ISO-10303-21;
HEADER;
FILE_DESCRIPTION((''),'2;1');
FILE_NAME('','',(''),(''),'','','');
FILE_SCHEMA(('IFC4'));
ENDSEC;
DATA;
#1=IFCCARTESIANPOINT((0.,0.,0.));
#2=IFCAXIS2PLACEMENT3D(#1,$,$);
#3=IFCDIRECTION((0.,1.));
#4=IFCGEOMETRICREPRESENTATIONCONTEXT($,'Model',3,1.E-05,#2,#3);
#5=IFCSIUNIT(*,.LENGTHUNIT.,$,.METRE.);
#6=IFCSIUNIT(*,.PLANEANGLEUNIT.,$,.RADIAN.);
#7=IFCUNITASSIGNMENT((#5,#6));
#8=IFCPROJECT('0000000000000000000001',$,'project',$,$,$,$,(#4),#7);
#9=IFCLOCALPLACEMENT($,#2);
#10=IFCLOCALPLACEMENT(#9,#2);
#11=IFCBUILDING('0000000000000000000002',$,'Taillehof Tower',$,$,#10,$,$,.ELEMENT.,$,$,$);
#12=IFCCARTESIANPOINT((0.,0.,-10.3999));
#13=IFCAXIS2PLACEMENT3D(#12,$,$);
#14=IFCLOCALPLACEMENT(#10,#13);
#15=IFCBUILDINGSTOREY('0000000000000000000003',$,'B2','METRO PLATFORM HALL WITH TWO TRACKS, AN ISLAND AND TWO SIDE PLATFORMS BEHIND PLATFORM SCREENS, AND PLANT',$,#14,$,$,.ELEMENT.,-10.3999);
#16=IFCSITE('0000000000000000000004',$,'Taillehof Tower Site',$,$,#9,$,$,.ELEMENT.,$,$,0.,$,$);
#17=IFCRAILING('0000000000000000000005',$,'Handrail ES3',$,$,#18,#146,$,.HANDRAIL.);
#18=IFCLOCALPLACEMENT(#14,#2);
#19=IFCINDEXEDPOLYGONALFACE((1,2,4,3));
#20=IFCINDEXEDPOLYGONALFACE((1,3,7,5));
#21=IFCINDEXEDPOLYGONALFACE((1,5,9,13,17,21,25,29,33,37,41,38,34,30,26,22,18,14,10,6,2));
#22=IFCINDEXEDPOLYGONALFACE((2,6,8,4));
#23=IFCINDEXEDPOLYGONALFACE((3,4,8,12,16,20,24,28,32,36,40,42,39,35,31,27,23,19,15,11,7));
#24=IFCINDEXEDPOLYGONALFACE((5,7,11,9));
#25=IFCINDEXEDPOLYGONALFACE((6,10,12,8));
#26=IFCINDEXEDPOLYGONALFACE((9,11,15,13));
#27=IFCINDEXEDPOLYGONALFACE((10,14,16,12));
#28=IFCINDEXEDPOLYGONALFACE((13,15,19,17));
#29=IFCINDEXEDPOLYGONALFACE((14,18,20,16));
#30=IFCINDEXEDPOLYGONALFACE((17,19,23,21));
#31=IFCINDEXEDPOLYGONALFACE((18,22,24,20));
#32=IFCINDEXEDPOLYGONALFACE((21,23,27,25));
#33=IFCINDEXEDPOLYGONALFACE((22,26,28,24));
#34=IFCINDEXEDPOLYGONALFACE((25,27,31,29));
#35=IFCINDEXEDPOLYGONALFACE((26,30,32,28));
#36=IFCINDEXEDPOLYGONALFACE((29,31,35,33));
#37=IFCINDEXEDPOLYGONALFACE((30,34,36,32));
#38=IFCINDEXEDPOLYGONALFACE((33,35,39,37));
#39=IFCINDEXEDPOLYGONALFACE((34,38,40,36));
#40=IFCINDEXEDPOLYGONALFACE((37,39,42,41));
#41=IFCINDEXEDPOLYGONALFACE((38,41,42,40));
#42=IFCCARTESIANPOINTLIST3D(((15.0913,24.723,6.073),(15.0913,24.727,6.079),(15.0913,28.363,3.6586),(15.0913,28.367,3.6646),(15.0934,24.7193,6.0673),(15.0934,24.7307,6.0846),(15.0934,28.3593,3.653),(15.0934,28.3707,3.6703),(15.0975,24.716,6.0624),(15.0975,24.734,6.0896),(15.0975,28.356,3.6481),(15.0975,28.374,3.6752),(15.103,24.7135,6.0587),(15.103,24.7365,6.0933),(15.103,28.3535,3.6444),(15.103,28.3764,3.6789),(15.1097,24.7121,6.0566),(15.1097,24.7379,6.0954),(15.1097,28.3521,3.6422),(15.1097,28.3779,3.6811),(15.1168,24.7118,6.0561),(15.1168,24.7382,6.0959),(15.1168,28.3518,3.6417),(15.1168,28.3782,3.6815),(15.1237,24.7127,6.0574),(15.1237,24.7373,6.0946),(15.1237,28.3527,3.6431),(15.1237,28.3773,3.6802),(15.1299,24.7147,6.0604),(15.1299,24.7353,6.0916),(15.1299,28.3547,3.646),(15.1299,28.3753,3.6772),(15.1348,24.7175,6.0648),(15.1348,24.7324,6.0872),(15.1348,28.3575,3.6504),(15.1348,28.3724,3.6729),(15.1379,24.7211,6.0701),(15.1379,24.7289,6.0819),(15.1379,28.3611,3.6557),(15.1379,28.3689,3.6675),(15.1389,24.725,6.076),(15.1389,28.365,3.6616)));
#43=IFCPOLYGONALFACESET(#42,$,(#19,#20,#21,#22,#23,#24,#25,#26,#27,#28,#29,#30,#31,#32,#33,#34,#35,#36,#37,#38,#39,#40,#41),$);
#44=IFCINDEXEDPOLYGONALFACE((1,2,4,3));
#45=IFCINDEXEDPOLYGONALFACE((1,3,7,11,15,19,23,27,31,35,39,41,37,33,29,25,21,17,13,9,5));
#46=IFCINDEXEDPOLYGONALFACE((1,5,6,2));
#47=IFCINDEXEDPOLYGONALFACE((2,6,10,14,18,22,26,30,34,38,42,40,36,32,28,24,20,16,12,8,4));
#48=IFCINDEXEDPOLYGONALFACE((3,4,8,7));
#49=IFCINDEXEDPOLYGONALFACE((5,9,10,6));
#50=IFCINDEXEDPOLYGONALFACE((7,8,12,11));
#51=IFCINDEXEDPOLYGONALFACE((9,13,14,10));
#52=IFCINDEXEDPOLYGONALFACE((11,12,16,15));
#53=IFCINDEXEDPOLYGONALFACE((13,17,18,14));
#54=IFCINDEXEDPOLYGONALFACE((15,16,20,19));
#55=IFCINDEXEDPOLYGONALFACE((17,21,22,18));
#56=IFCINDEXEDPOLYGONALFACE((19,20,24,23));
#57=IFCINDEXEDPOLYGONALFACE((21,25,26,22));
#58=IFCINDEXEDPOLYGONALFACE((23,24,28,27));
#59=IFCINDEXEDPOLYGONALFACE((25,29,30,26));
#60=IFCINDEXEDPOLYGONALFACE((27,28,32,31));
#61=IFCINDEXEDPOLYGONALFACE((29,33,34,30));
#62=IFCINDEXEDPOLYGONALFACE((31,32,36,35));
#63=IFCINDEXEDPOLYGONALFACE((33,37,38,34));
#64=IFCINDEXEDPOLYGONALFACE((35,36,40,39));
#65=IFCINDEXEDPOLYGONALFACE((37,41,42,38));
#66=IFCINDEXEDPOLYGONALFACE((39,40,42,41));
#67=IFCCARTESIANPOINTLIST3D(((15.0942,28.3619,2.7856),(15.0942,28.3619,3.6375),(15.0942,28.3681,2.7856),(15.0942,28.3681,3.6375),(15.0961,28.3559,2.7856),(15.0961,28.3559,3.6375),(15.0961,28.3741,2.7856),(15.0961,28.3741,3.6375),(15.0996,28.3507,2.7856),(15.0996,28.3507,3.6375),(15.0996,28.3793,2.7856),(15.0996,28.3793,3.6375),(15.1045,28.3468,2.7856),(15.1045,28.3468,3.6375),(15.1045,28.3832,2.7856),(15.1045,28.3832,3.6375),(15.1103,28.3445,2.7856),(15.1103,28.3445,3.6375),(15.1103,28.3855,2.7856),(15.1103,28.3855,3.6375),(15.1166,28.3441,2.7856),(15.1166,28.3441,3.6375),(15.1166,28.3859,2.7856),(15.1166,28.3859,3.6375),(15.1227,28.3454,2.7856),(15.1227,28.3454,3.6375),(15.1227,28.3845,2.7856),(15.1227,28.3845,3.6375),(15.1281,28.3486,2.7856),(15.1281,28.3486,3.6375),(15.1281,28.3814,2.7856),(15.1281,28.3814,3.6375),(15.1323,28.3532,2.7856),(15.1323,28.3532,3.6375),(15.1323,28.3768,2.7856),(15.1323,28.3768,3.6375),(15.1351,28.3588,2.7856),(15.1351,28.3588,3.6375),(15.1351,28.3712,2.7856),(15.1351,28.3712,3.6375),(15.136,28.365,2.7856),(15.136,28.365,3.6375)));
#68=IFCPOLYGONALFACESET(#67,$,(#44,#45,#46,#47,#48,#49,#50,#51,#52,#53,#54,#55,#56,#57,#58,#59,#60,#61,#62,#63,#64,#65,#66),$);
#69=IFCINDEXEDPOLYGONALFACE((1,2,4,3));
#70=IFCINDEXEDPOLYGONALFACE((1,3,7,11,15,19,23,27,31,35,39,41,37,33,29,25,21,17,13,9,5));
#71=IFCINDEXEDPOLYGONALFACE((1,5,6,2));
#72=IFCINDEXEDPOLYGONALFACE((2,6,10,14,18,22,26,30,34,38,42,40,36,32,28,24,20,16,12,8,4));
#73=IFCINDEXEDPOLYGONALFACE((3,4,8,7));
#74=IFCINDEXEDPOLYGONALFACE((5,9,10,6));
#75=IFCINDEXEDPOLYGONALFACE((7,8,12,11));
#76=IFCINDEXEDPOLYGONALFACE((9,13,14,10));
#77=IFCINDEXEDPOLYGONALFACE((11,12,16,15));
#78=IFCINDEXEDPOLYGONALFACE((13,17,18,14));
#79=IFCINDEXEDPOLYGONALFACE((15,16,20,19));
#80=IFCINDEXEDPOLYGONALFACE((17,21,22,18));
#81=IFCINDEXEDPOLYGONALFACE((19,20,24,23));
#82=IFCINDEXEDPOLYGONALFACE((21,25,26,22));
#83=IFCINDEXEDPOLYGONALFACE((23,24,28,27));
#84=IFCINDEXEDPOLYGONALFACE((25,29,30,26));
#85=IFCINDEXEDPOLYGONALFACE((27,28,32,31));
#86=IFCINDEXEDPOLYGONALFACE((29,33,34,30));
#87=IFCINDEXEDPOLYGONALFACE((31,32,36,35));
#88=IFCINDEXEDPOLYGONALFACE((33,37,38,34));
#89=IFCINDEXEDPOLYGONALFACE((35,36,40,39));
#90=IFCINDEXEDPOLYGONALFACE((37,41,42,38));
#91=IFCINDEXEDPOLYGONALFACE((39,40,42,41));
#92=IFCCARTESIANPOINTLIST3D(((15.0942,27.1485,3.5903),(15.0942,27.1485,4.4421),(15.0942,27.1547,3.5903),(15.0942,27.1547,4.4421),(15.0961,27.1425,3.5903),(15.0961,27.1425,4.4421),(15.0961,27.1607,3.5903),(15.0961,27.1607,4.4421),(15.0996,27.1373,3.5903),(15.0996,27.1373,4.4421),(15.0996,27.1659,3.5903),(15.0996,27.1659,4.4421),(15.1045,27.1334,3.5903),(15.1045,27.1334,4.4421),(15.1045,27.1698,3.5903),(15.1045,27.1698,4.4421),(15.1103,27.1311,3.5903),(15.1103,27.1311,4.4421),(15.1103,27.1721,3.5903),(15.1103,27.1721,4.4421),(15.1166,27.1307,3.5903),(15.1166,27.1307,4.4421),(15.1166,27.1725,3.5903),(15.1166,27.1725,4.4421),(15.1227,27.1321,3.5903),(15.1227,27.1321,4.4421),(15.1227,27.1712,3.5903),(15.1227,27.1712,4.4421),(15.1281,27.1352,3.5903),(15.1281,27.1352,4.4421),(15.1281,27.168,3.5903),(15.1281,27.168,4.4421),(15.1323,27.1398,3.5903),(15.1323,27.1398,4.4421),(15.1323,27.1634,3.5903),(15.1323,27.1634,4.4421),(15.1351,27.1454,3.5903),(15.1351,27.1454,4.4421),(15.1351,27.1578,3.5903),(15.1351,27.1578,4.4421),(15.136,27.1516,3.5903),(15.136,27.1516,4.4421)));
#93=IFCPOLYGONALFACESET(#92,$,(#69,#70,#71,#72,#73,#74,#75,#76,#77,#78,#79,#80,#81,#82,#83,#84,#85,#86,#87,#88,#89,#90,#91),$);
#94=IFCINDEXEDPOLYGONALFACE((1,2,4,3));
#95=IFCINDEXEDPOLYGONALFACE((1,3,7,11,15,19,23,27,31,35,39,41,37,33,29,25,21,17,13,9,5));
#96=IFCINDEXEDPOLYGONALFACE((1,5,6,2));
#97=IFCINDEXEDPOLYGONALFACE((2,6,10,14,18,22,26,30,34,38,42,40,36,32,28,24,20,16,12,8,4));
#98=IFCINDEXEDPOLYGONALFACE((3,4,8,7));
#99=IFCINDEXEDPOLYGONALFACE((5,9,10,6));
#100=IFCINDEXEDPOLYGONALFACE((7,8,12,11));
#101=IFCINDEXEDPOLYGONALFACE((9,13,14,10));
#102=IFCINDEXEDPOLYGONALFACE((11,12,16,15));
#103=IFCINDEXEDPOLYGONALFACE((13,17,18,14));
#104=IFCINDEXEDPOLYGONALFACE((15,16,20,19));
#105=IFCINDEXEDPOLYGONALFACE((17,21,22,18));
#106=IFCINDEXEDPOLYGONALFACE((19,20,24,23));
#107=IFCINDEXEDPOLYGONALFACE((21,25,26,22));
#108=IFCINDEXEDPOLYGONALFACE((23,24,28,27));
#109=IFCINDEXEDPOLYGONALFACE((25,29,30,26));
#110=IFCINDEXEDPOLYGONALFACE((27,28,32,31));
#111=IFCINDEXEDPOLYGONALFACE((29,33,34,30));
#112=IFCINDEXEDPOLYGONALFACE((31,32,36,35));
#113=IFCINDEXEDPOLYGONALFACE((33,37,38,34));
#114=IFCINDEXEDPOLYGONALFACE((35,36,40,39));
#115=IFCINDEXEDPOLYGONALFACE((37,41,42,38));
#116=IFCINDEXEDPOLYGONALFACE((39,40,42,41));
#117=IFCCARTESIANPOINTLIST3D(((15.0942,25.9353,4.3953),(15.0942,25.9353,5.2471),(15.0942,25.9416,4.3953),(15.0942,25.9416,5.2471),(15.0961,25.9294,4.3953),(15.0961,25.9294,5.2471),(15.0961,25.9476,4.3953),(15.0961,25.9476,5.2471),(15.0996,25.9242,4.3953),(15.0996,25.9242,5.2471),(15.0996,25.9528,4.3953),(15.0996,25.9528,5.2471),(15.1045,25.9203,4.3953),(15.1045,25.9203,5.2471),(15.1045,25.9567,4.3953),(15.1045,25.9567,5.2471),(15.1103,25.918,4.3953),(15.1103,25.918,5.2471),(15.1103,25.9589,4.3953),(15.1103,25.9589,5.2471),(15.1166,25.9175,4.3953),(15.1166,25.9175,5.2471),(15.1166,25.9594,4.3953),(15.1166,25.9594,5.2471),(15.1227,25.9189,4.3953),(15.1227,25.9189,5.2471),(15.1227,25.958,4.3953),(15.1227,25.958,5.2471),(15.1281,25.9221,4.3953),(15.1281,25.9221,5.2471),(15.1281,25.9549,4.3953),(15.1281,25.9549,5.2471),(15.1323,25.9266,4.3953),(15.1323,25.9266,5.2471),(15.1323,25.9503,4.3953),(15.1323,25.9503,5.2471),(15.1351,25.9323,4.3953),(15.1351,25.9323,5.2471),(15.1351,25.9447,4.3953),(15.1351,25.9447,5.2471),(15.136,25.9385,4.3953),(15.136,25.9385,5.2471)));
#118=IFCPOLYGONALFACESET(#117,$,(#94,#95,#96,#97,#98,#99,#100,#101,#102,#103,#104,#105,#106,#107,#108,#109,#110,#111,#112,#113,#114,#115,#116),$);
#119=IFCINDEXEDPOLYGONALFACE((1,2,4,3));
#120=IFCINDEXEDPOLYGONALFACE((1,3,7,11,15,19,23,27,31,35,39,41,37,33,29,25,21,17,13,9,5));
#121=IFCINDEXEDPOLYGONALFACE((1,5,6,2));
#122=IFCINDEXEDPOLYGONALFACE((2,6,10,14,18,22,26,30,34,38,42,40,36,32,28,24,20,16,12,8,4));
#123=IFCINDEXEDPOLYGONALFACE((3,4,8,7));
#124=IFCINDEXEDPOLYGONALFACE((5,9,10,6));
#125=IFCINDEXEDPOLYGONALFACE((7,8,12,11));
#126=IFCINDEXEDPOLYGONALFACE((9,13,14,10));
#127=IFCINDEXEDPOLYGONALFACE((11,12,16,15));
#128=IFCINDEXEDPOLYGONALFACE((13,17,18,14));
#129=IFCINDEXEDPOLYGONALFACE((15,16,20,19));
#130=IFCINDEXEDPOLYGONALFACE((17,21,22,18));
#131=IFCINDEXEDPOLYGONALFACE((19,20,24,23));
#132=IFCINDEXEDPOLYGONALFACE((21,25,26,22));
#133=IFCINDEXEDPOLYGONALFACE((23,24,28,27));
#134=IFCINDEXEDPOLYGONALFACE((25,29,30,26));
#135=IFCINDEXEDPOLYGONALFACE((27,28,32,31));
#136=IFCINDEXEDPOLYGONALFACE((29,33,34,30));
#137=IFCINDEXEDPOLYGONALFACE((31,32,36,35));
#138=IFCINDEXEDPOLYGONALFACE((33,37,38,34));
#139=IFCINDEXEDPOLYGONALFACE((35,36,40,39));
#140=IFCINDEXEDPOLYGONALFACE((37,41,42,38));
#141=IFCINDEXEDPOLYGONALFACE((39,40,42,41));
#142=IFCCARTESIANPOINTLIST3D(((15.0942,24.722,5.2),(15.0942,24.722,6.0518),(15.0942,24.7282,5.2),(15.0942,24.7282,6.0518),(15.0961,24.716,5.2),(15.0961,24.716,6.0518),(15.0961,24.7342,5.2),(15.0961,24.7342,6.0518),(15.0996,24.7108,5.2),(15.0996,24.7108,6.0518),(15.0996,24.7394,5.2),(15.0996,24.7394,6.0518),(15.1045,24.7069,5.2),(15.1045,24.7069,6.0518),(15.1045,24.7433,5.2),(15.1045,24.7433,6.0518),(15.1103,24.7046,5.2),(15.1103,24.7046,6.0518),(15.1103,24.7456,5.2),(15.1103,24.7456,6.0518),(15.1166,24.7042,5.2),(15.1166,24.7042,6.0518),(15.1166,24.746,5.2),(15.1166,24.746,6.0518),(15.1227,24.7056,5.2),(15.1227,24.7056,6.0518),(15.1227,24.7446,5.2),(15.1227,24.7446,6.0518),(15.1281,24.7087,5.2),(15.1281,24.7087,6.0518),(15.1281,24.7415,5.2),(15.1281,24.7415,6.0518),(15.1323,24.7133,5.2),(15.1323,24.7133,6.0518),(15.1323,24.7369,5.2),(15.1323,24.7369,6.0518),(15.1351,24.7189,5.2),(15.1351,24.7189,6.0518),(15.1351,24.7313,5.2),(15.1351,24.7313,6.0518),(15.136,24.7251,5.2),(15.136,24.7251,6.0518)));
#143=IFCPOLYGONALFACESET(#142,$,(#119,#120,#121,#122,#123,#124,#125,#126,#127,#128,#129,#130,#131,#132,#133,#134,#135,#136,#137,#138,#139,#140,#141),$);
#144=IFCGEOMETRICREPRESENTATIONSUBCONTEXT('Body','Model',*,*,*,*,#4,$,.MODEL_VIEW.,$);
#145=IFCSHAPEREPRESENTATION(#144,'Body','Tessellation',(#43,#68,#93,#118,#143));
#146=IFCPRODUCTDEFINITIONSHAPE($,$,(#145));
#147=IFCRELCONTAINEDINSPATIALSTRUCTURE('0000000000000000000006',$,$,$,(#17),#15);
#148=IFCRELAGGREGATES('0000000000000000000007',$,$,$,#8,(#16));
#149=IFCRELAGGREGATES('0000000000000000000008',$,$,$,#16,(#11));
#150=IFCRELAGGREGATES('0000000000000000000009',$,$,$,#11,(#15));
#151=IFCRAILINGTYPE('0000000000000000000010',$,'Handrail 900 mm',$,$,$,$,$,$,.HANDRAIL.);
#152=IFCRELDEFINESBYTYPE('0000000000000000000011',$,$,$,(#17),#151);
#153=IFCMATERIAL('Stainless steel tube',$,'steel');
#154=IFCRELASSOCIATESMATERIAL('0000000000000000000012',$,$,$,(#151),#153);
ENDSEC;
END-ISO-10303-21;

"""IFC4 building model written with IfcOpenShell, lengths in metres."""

from ifc_helpers import new_model, si_unit, direction, frame, origin, origin_2d, place, context, subcontext, project, spatial, circle, extrude, material, type_object, element, save


model = new_model("IFC4")

# Units and contexts
model_context = context("Model", 3, precision=1e-05, world=origin(), true_north=direction((0.0, 1.0)))
body_context = subcontext(model_context, "Body", "Model", "MODEL_VIEW")
ifc_project = project(units=[si_unit("LENGTHUNIT", "METRE"), si_unit("PLANEANGLEUNIT", "RADIAN")], contexts=[model_context])

# Site, building, storey
site_placement = place(None, origin())
site = spatial("IfcSite", under=ifc_project, at=site_placement, Name="Taillehof Tower Site", CompositionType="ELEMENT", RefElevation=0.0)
building_placement = place(site_placement, origin())
building = spatial("IfcBuilding", under=site, at=building_placement, Name="Taillehof Tower", CompositionType="ELEMENT")
storey_placement = place(building_placement, frame((0.0, 0.0, -10.3999)))
storey = spatial("IfcBuildingStorey", under=building, at=storey_placement, Name="B2", Description="METRO PLATFORM HALL WITH TWO TRACKS, AN ISLAND AND TWO SIDE PLATFORMS BEHIND PLATFORM SCREENS, AND PLANT", CompositionType="ELEMENT", Elevation=-10.3999)

# Railing
ifc_material_1 = material(Name="Stainless steel tube", Category="steel")
railing_type = type_object("IfcRailingType", Name="Handrail 900 mm", PredefinedType="HANDRAIL", material=ifc_material_1)
for number, where, name in (
    (1, (15.115, 28.365, 2.7856), "Handrail ES3"),
):
    element("IfcRailing", number, at=place(storey_placement, frame(where)), inside=storey, type_object=railing_type, Name=name, PredefinedType="HANDRAIL", context=body_context, shape_type="SweptSolid", body=[
        extrude(circle(Radius=0.0239, at=origin_2d()), frame((0.0, 0.0, 0.876), z_axis=(0.0, -0.833347, 0.552751), x_axis=(1.0, 0.0, 0.0)), (0.0, 0.0, 1.0), 4.3679),
        extrude(circle(Radius=0.021, at=origin_2d()), origin(), (0.0, 0.0, 1.0), 0.8518),
        extrude(circle(Radius=0.021, at=origin_2d()), frame((0.0, -1.2134, 0.8047)), (0.0, 0.0, 1.0), 0.8518),
        extrude(circle(Radius=0.021, at=origin_2d()), frame((0.0, -2.4265, 1.6096)), (0.0, 0.0, 1.0), 0.8518),
        extrude(circle(Radius=0.021, at=origin_2d()), frame((0.0, -3.6399, 2.4143)), (0.0, 0.0, 1.0), 0.8518),
    ])

save(model, "model.ifc")
